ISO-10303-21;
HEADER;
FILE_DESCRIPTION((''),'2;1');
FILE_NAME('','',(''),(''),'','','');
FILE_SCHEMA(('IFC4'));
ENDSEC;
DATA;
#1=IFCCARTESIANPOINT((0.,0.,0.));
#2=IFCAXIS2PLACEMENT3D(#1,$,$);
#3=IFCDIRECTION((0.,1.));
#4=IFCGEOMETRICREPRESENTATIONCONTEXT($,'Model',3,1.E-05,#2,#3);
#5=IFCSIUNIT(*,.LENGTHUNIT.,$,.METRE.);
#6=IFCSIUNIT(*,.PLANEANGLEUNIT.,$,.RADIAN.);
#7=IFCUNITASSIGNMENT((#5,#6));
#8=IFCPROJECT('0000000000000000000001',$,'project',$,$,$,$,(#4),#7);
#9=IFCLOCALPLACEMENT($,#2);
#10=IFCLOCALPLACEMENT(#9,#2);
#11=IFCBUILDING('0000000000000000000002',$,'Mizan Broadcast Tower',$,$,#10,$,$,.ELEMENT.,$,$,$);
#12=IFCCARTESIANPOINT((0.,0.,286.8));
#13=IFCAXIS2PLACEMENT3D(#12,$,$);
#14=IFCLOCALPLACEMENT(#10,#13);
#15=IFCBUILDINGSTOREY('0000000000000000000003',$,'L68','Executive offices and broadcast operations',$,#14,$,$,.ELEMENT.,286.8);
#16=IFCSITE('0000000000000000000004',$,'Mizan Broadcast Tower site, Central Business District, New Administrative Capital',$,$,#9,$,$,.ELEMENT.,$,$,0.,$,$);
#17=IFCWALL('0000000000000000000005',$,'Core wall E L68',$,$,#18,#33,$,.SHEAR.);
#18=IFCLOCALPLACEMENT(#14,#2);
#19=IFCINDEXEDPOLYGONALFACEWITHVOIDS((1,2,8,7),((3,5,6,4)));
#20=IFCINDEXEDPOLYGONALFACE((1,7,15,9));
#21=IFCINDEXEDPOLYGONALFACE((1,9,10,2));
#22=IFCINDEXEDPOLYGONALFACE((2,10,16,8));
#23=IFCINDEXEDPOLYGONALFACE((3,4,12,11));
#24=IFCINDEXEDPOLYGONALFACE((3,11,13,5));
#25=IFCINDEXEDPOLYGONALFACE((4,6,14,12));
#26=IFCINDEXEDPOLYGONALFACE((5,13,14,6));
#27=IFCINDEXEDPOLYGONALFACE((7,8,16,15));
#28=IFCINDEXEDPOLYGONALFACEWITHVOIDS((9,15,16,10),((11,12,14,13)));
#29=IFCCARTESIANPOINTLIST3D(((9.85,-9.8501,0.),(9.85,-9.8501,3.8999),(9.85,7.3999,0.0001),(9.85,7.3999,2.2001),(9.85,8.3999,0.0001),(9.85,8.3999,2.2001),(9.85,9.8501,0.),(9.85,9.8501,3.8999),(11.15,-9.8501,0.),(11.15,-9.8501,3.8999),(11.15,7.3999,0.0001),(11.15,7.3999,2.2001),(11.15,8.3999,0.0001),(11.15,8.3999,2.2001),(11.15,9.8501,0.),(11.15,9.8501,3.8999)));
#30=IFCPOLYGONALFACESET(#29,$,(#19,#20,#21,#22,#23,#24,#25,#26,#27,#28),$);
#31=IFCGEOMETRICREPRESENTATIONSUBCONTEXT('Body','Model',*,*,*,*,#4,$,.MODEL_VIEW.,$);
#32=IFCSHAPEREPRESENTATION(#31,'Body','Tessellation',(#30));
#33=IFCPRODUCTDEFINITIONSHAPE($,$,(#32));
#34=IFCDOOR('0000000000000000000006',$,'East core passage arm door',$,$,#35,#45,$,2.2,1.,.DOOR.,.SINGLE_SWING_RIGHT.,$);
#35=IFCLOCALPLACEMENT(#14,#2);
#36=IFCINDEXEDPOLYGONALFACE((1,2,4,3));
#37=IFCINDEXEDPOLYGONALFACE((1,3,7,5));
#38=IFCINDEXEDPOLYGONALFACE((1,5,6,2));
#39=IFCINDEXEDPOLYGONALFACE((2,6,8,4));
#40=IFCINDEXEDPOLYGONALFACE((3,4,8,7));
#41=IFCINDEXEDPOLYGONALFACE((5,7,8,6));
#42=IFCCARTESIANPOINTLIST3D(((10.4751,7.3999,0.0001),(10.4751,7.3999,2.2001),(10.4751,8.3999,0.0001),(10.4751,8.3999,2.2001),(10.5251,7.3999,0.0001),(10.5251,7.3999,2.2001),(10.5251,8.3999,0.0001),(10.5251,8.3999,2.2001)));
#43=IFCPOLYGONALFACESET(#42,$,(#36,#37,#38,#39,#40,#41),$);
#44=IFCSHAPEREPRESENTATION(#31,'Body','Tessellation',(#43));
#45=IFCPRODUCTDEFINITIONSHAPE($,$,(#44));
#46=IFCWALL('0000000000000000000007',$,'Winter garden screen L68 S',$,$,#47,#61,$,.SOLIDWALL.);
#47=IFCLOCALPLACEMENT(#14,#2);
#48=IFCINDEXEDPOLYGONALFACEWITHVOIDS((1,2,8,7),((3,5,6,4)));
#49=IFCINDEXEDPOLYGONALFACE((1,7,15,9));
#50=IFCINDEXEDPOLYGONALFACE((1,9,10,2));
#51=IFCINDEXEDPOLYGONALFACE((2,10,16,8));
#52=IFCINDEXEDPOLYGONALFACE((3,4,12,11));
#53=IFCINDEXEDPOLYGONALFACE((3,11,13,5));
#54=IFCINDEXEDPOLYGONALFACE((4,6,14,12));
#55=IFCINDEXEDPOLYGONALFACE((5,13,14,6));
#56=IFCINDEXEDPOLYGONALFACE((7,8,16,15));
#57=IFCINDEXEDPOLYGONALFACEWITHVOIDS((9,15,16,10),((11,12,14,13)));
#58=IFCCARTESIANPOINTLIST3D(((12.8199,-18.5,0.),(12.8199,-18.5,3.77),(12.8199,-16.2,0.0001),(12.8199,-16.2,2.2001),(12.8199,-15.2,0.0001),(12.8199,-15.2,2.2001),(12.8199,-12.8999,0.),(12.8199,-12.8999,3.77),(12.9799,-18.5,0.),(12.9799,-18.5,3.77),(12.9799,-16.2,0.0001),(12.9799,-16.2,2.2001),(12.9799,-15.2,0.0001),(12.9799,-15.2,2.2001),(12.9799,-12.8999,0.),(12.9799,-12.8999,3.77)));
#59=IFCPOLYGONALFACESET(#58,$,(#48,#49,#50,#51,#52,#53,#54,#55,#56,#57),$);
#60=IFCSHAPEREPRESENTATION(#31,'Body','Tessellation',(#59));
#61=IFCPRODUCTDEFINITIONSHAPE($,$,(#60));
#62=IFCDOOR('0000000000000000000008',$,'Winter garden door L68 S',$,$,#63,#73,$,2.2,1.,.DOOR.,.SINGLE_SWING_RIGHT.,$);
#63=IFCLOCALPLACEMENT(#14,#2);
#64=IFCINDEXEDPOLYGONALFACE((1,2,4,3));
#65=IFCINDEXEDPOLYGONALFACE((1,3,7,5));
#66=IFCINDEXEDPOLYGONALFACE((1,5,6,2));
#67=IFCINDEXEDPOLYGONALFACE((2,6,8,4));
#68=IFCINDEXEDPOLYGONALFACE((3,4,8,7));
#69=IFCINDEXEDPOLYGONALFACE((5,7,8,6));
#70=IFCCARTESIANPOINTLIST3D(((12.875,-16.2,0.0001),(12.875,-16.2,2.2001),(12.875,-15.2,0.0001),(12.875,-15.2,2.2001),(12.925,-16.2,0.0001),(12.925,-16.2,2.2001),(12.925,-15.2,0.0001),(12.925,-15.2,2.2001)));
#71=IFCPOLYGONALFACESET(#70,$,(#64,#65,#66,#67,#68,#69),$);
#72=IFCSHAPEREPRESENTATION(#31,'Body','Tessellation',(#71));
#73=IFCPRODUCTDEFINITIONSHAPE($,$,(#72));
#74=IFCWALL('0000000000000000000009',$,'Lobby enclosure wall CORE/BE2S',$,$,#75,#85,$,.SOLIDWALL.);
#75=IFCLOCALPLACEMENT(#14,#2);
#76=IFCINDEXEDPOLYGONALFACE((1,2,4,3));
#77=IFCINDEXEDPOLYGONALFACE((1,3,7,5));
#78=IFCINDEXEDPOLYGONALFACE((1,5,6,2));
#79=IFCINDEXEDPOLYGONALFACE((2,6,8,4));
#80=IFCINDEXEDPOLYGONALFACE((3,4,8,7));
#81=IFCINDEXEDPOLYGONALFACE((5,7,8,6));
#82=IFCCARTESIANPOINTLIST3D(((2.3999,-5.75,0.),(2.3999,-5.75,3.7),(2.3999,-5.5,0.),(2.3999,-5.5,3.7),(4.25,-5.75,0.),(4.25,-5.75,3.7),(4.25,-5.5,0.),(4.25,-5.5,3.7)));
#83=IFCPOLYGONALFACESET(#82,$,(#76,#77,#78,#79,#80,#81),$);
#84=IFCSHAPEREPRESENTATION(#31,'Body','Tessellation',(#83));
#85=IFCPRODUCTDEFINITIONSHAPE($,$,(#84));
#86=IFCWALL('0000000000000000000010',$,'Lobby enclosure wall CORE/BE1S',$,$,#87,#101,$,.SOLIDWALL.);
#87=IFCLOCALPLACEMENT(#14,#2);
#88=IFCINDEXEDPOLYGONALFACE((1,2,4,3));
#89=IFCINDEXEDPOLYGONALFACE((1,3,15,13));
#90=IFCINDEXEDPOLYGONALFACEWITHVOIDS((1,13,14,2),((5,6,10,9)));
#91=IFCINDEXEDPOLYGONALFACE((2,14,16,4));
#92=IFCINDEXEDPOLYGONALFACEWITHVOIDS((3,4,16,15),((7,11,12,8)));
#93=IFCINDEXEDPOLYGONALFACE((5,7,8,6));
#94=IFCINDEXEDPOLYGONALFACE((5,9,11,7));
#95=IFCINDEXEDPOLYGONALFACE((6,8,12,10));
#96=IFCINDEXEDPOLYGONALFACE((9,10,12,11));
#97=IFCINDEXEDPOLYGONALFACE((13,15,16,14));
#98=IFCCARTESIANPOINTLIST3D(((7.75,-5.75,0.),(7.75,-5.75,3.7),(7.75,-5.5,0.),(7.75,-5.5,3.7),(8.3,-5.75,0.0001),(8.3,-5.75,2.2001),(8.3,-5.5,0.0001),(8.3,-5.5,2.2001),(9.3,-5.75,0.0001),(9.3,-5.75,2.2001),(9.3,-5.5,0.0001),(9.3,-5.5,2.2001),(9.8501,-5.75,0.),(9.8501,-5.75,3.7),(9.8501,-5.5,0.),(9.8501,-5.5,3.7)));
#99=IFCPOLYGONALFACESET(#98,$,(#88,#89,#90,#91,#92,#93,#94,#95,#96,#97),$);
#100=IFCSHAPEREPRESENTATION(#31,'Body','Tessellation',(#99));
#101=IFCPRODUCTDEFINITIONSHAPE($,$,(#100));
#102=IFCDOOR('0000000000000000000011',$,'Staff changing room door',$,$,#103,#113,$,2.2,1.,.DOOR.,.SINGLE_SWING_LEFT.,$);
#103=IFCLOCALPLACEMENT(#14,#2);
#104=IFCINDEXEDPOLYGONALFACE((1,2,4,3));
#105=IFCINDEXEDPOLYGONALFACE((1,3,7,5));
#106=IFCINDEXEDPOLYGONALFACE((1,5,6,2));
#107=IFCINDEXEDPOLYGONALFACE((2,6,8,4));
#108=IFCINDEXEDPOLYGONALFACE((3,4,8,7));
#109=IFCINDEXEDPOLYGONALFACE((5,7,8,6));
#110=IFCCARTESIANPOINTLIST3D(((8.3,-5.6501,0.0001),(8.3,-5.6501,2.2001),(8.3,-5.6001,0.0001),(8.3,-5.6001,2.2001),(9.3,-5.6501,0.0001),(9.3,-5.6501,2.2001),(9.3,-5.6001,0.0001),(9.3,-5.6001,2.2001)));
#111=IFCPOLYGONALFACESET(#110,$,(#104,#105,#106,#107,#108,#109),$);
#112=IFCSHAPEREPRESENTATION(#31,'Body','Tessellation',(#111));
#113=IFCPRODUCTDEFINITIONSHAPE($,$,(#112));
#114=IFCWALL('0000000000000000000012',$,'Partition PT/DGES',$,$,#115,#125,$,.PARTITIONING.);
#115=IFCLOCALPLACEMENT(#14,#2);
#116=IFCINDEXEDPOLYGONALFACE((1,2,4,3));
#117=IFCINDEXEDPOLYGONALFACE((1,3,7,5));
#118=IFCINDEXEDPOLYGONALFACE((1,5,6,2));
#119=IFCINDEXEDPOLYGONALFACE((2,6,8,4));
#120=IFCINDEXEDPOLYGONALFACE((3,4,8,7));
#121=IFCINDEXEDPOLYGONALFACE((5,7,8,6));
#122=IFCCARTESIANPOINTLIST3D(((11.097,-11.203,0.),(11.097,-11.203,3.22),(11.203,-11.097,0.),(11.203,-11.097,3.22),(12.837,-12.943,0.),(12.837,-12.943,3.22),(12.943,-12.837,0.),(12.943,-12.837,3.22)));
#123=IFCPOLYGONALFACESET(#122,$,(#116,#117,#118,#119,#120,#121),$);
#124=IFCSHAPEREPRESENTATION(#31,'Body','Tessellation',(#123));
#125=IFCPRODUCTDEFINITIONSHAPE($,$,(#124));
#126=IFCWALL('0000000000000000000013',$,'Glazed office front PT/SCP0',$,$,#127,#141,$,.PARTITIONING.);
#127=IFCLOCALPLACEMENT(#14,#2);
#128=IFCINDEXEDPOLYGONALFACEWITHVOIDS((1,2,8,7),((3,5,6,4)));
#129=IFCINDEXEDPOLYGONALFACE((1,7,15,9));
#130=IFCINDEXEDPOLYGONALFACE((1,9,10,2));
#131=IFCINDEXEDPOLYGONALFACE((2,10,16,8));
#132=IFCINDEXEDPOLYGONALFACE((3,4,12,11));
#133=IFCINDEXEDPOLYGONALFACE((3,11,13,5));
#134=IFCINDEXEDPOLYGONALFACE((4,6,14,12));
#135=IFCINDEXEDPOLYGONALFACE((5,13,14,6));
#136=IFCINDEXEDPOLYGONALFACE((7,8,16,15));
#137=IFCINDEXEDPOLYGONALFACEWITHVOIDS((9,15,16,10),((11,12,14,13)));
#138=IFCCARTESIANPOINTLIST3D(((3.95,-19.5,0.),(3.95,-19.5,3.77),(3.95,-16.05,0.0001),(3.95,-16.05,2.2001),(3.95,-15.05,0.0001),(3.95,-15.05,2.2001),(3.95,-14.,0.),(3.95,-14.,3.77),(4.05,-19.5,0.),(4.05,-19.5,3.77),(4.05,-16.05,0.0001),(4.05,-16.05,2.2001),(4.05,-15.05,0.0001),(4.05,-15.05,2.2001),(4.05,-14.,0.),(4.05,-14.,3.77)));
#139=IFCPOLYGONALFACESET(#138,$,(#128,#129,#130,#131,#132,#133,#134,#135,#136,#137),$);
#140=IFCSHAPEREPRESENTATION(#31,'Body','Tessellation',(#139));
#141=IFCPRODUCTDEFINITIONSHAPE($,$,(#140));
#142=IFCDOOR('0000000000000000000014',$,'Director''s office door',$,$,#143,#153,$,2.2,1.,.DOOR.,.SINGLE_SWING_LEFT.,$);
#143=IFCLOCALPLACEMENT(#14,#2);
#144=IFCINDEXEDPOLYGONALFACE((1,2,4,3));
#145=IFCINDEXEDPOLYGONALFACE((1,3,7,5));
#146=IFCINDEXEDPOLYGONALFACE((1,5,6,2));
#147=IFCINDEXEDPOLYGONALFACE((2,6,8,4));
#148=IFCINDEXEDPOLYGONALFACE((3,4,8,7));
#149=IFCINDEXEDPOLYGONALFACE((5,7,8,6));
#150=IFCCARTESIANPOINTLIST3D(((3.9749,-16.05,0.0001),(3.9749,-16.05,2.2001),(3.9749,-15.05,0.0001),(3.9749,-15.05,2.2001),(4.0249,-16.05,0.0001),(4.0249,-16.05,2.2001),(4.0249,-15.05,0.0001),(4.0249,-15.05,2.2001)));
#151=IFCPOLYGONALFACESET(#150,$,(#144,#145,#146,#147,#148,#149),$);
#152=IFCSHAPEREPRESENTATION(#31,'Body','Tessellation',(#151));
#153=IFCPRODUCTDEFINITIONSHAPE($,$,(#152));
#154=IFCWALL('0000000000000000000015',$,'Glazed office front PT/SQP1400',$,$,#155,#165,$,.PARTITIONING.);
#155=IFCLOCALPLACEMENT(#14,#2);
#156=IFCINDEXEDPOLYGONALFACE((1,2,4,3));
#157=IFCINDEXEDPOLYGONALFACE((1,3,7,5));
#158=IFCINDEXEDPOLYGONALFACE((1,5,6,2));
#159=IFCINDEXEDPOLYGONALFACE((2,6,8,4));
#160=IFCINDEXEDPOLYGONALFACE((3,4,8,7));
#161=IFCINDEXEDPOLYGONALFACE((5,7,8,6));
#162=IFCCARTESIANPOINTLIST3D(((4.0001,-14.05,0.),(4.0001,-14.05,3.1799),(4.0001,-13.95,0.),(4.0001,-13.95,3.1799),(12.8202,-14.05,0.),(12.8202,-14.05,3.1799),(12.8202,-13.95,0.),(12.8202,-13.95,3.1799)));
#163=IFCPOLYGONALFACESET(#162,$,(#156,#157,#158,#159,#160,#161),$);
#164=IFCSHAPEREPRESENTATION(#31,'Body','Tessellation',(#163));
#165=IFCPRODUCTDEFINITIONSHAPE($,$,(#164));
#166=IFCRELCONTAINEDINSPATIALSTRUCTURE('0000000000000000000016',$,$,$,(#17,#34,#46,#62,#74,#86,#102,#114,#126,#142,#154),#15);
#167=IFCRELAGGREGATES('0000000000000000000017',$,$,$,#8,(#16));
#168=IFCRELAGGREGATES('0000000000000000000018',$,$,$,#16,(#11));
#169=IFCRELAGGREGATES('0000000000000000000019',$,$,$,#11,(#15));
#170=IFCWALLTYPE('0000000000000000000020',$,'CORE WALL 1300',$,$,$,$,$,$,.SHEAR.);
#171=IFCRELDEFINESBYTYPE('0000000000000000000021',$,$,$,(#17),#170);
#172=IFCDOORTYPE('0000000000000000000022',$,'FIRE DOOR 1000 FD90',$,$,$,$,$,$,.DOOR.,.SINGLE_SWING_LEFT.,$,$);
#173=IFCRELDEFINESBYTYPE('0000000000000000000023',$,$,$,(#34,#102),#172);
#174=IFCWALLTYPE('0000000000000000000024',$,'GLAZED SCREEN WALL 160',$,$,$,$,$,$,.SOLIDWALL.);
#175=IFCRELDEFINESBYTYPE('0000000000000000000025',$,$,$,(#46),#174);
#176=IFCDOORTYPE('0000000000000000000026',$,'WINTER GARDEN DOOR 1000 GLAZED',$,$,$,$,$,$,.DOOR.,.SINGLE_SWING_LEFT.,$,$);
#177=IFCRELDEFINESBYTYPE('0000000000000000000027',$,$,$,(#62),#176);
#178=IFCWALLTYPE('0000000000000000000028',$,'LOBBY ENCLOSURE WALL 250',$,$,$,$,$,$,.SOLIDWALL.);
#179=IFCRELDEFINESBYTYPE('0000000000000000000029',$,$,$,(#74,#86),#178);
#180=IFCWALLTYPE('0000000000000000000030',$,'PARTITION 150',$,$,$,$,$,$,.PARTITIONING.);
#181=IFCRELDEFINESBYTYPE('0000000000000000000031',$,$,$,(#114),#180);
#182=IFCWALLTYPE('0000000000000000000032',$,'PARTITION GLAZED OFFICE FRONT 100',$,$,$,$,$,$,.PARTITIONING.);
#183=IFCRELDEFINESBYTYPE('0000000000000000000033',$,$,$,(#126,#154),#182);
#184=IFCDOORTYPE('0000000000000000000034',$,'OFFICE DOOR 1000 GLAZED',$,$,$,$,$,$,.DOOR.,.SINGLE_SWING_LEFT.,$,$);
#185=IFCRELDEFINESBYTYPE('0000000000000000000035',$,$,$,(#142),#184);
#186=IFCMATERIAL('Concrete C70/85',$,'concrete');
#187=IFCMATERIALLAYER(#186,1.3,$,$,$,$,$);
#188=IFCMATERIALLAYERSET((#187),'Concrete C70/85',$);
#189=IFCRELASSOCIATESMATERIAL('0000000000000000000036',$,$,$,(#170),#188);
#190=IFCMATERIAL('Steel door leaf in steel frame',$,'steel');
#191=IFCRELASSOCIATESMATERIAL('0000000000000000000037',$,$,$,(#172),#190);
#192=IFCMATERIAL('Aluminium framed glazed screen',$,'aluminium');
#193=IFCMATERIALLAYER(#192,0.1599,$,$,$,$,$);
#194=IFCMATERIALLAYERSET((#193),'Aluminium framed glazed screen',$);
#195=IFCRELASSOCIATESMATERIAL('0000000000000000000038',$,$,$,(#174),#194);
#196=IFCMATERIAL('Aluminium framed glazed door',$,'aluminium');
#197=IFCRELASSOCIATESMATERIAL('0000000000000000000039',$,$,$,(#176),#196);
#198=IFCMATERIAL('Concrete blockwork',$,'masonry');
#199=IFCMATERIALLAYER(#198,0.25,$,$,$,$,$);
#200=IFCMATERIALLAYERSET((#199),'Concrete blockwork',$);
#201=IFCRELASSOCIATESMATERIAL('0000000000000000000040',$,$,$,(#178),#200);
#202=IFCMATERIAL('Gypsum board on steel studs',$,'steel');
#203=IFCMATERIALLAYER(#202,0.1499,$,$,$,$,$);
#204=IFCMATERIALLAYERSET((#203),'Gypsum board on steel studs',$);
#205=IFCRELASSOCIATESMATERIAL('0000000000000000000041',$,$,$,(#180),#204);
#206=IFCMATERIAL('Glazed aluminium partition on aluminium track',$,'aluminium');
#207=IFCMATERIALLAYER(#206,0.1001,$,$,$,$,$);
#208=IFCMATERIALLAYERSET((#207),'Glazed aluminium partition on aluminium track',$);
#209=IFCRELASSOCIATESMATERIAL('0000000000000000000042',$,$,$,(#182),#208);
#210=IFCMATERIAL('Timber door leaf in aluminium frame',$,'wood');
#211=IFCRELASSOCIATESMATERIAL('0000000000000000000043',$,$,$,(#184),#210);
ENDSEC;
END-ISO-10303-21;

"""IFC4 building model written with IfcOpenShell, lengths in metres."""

from ifc_helpers import new_model, si_unit, direction, frame, frame_2d, origin, place, context, subcontext, project, spatial, rectangle, extrude, material, layer, layer_set, type_object, element, fill, save


model = new_model("IFC4")

# Units and contexts
model_context = context("Model", 3, precision=1e-05, world=origin(), true_north=direction((0.0, 1.0)))
body_context = subcontext(model_context, "Body", "Model", "MODEL_VIEW")
ifc_project = project(units=[si_unit("LENGTHUNIT", "METRE"), si_unit("PLANEANGLEUNIT", "RADIAN")], contexts=[model_context])

# Site, building, storey
site_placement = place(None, origin())
site = spatial("IfcSite", under=ifc_project, at=site_placement, Name="Mizan Broadcast Tower site, Central Business District, New Administrative Capital", CompositionType="ELEMENT", RefElevation=0.0)
building_placement = place(site_placement, origin())
building = spatial("IfcBuilding", under=site, at=building_placement, Name="Mizan Broadcast Tower", CompositionType="ELEMENT")
storey_placement = place(building_placement, frame((0.0, 0.0, 286.8)))
storey = spatial("IfcBuildingStorey", under=building, at=storey_placement, Name="L68", Description="Executive offices and broadcast operations", CompositionType="ELEMENT", Elevation=286.8)

# Shared definitions
ifc_material_1 = material(Name="Concrete C70/85", Category="concrete")
ifc_layer_1 = layer(ifc_material_1, 1.3)
ifc_layer_set_1 = layer_set([ifc_layer_1], Name="Concrete C70/85")
wall_type_1 = type_object("IfcWallType", Name="CORE WALL 1300", PredefinedType="SHEAR", material=ifc_layer_set_1)

# Walls, openings, doors
wall_1_placement = place(storey_placement, frame((10.5, -9.8501, 0.0), z_axis=(0.0, 0.0, 1.0), x_axis=(0.0, 1.0, 0.0)))
wall_1 = element("IfcWall", 1, at=wall_1_placement, inside=storey, type_object=wall_type_1, Name="Core wall E L68", PredefinedType="SHEAR", context=body_context, shape_type="SweptSolid", body=[
    extrude(rectangle(XDim=19.7002, YDim=1.3, at=frame_2d((9.8501, 0.0))), origin(), (0.0, 0.0, 1.0), 3.8999),
])
opening_1_placement = place(wall_1_placement, frame((17.25, 0.0, 0.0)))
opening_1 = element("IfcOpeningElement", 2, at=opening_1_placement, cuts=wall_1, PredefinedType="OPENING", context=body_context, shape_type="SweptSolid", body=[
    extrude(rectangle(XDim=1.0, YDim=2.2, at=frame_2d((0.5, 1.1001))), frame((0.0, 0.6599, 0.0), z_axis=(0.0, -1.0, 0.0), x_axis=(1.0, 0.0, 0.0)), (0.0, 0.0, 1.0), 1.3201),
])
ifc_material_2 = material(Name="Steel door leaf in steel frame", Category="steel")
door_type_1 = type_object("IfcDoorType", Name="FIRE DOOR 1000 FD90", OperationType="SINGLE_SWING_LEFT", PredefinedType="DOOR", material=ifc_material_2)
door_1_placement = place(opening_1_placement, origin())
door_1 = element("IfcDoor", 3, at=door_1_placement, inside=storey, type_object=door_type_1, Name="East core passage arm door", OperationType="SINGLE_SWING_RIGHT", OverallHeight=2.2, OverallWidth=1.0, PredefinedType="DOOR", context=body_context, shape_type="SweptSolid", body=[
    extrude(rectangle(XDim=1.0, YDim=2.2, at=frame_2d((0.5, 1.1001))), frame((0.0, 0.0249, 0.0), z_axis=(0.0, -1.0, 0.0), x_axis=(1.0, 0.0, 0.0)), (0.0, 0.0, 1.0), 0.05),
])
fill(opening_1, door_1)
ifc_material_3 = material(Name="Aluminium framed glazed screen", Category="aluminium")
ifc_layer_2 = layer(ifc_material_3, 0.1599)
ifc_layer_set_2 = layer_set([ifc_layer_2], Name="Aluminium framed glazed screen")
wall_type_2 = type_object("IfcWallType", Name="GLAZED SCREEN WALL 160", PredefinedType="SOLIDWALL", material=ifc_layer_set_2)
wall_2_placement = place(storey_placement, frame((12.8999, -18.5, 0.0), z_axis=(0.0, 0.0, 1.0), x_axis=(0.0, 1.0, 0.0)))
wall_2 = element("IfcWall", 4, at=wall_2_placement, inside=storey, type_object=wall_type_2, Name="Winter garden screen L68 S", PredefinedType="SOLIDWALL", context=body_context, shape_type="SweptSolid", body=[
    extrude(rectangle(XDim=5.6001, YDim=0.1599, at=frame_2d((2.8, 0.0))), origin(), (0.0, 0.0, 1.0), 3.77),
])
opening_2_placement = place(wall_2_placement, frame((2.3, 0.0, 0.0)))
opening_2 = element("IfcOpeningElement", 5, at=opening_2_placement, cuts=wall_2, PredefinedType="OPENING", context=body_context, shape_type="SweptSolid", body=[
    extrude(rectangle(XDim=1.0, YDim=2.2, at=frame_2d((0.5, 1.1001))), frame((0.0, 0.0898, 0.0), z_axis=(0.0, -1.0, 0.0), x_axis=(1.0, 0.0, 0.0)), (0.0, 0.0, 1.0), 0.1799),
])
ifc_material_4 = material(Name="Aluminium framed glazed door", Category="aluminium")
door_type_2 = type_object("IfcDoorType", Name="WINTER GARDEN DOOR 1000 GLAZED", OperationType="SINGLE_SWING_LEFT", PredefinedType="DOOR", material=ifc_material_4)
door_2_placement = place(opening_2_placement, origin())
door_2 = element("IfcDoor", 6, at=door_2_placement, inside=storey, type_object=door_type_2, Name="Winter garden door L68 S", OperationType="SINGLE_SWING_RIGHT", OverallHeight=2.2, OverallWidth=1.0, PredefinedType="DOOR", context=body_context, shape_type="SweptSolid", body=[
    extrude(rectangle(XDim=1.0, YDim=2.2, at=frame_2d((0.5, 1.1001))), frame((0.0, 0.0249, 0.0), z_axis=(0.0, -1.0, 0.0), x_axis=(1.0, 0.0, 0.0)), (0.0, 0.0, 1.0), 0.05),
])
fill(opening_2, door_2)

# Wall
ifc_material_5 = material(Name="Concrete blockwork", Category="masonry")
ifc_layer_3 = layer(ifc_material_5, 0.25)
ifc_layer_set_3 = layer_set([ifc_layer_3], Name="Concrete blockwork")
wall_type_3 = type_object("IfcWallType", Name="LOBBY ENCLOSURE WALL 250", PredefinedType="SOLIDWALL", material=ifc_layer_set_3)
wall_3_placement = place(storey_placement, frame((2.3999, -5.625, 0.0), z_axis=(0.0, 0.0, 1.0), x_axis=(1.0, 0.0, 0.0)))
element("IfcWall", 7, at=wall_3_placement, inside=storey, type_object=wall_type_3, Name="Lobby enclosure wall CORE/BE2S", PredefinedType="SOLIDWALL", context=body_context, shape_type="SweptSolid", body=[
    extrude(rectangle(XDim=1.8501, YDim=0.25, at=frame_2d((0.925, 0.0))), origin(), (0.0, 0.0, 1.0), 3.7),
])

# Wall, opening, door
wall_4_placement = place(storey_placement, frame((7.75, -5.625, 0.0), z_axis=(0.0, 0.0, 1.0), x_axis=(1.0, 0.0, 0.0)))
wall_4 = element("IfcWall", 8, at=wall_4_placement, inside=storey, type_object=wall_type_3, Name="Lobby enclosure wall CORE/BE1S", PredefinedType="SOLIDWALL", context=body_context, shape_type="SweptSolid", body=[
    extrude(rectangle(XDim=2.1001, YDim=0.25, at=frame_2d((1.05, 0.0))), origin(), (0.0, 0.0, 1.0), 3.7),
])
opening_3_placement = place(wall_4_placement, frame((0.55, 0.0, 0.0)))
opening_3 = element("IfcOpeningElement", 9, at=opening_3_placement, cuts=wall_4, PredefinedType="OPENING", context=body_context, shape_type="SweptSolid", body=[
    extrude(rectangle(XDim=1.0, YDim=2.2, at=frame_2d((0.5, 1.1001))), frame((0.0, 0.135, 0.0), z_axis=(0.0, -1.0, 0.0), x_axis=(1.0, 0.0, 0.0)), (0.0, 0.0, 1.0), 0.27),
])
door_3_placement = place(opening_3_placement, origin())
door_3 = element("IfcDoor", 10, at=door_3_placement, inside=storey, type_object=door_type_1, Name="Staff changing room door", OperationType="SINGLE_SWING_LEFT", OverallHeight=2.2, OverallWidth=1.0, PredefinedType="DOOR", context=body_context, shape_type="SweptSolid", body=[
    extrude(rectangle(XDim=1.0, YDim=2.2, at=frame_2d((0.5, 1.1001))), frame((0.0, 0.0249, 0.0), z_axis=(0.0, -1.0, 0.0), x_axis=(1.0, 0.0, 0.0)), (0.0, 0.0, 1.0), 0.05),
])
fill(opening_3, door_3)

# Wall
ifc_material_6 = material(Name="Gypsum board on steel studs", Category="steel")
ifc_layer_4 = layer(ifc_material_6, 0.1499)
ifc_layer_set_4 = layer_set([ifc_layer_4], Name="Gypsum board on steel studs")
wall_type_4 = type_object("IfcWallType", Name="PARTITION 150", PredefinedType="PARTITIONING", material=ifc_layer_set_4)
wall_5_placement = place(storey_placement, frame((11.1499, -11.1499, 0.0), z_axis=(0.0, 0.0, 1.0), x_axis=(0.707107, -0.707107, 0.0)))
element("IfcWall", 11, at=wall_5_placement, inside=storey, type_object=wall_type_4, Name="Partition PT/DGES", PredefinedType="PARTITIONING", context=body_context, shape_type="SweptSolid", body=[
    extrude(rectangle(XDim=2.4607, YDim=0.1499, at=frame_2d((1.2305, 0.0))), origin(), (0.0, 0.0, 1.0), 3.22),
])

# Wall, opening, door
ifc_material_7 = material(Name="Glazed aluminium partition on aluminium track", Category="aluminium")
ifc_layer_5 = layer(ifc_material_7, 0.1001)
ifc_layer_set_5 = layer_set([ifc_layer_5], Name="Glazed aluminium partition on aluminium track")
wall_type_5 = type_object("IfcWallType", Name="PARTITION GLAZED OFFICE FRONT 100", PredefinedType="PARTITIONING", material=ifc_layer_set_5)
wall_6_placement = place(storey_placement, frame((4.0, -14.0, 0.0), z_axis=(0.0, 0.0, 1.0), x_axis=(0.0, -1.0, 0.0)))
wall_6 = element("IfcWall", 12, at=wall_6_placement, inside=storey, type_object=wall_type_5, Name="Glazed office front PT/SCP0", PredefinedType="PARTITIONING", context=body_context, shape_type="SweptSolid", body=[
    extrude(rectangle(XDim=5.5, YDim=0.1001, at=frame_2d((2.75, 0.0))), origin(), (0.0, 0.0, 1.0), 3.77),
])
opening_4_placement = place(wall_6_placement, frame((1.05, 0.0, 0.0)))
opening_4 = element("IfcOpeningElement", 13, at=opening_4_placement, cuts=wall_6, PredefinedType="OPENING", context=body_context, shape_type="SweptSolid", body=[
    extrude(rectangle(XDim=1.0, YDim=2.2, at=frame_2d((0.5, 1.1001))), frame((0.0, 0.0601, 0.0), z_axis=(0.0, -1.0, 0.0), x_axis=(1.0, 0.0, 0.0)), (0.0, 0.0, 1.0), 0.1201),
])
ifc_material_8 = material(Name="Timber door leaf in aluminium frame", Category="wood")
door_type_3 = type_object("IfcDoorType", Name="OFFICE DOOR 1000 GLAZED", OperationType="SINGLE_SWING_LEFT", PredefinedType="DOOR", material=ifc_material_8)
door_4_placement = place(opening_4_placement, origin())
door_4 = element("IfcDoor", 14, at=door_4_placement, inside=storey, type_object=door_type_3, Name="Director's office door", OperationType="SINGLE_SWING_LEFT", OverallHeight=2.2, OverallWidth=1.0, PredefinedType="DOOR", context=body_context, shape_type="SweptSolid", body=[
    extrude(rectangle(XDim=1.0, YDim=2.2, at=frame_2d((0.5, 1.1001))), frame((0.0, 0.0249, 0.0), z_axis=(0.0, -1.0, 0.0), x_axis=(1.0, 0.0, 0.0)), (0.0, 0.0, 1.0), 0.05),
])
fill(opening_4, door_4)

# Wall
wall_7_placement = place(storey_placement, frame((4.0, -14.0, 0.0), z_axis=(0.0, 0.0, 1.0), x_axis=(1.0, 0.0, 0.0)))
element("IfcWall", 15, at=wall_7_placement, inside=storey, type_object=wall_type_5, Name="Glazed office front PT/SQP1400", PredefinedType="PARTITIONING", context=body_context, shape_type="SweptSolid", body=[
    extrude(rectangle(XDim=8.8201, YDim=0.1001, at=frame_2d((4.4102, 0.0))), origin(), (0.0, 0.0, 1.0), 3.1799),
])

save(model, "model.ifc")
